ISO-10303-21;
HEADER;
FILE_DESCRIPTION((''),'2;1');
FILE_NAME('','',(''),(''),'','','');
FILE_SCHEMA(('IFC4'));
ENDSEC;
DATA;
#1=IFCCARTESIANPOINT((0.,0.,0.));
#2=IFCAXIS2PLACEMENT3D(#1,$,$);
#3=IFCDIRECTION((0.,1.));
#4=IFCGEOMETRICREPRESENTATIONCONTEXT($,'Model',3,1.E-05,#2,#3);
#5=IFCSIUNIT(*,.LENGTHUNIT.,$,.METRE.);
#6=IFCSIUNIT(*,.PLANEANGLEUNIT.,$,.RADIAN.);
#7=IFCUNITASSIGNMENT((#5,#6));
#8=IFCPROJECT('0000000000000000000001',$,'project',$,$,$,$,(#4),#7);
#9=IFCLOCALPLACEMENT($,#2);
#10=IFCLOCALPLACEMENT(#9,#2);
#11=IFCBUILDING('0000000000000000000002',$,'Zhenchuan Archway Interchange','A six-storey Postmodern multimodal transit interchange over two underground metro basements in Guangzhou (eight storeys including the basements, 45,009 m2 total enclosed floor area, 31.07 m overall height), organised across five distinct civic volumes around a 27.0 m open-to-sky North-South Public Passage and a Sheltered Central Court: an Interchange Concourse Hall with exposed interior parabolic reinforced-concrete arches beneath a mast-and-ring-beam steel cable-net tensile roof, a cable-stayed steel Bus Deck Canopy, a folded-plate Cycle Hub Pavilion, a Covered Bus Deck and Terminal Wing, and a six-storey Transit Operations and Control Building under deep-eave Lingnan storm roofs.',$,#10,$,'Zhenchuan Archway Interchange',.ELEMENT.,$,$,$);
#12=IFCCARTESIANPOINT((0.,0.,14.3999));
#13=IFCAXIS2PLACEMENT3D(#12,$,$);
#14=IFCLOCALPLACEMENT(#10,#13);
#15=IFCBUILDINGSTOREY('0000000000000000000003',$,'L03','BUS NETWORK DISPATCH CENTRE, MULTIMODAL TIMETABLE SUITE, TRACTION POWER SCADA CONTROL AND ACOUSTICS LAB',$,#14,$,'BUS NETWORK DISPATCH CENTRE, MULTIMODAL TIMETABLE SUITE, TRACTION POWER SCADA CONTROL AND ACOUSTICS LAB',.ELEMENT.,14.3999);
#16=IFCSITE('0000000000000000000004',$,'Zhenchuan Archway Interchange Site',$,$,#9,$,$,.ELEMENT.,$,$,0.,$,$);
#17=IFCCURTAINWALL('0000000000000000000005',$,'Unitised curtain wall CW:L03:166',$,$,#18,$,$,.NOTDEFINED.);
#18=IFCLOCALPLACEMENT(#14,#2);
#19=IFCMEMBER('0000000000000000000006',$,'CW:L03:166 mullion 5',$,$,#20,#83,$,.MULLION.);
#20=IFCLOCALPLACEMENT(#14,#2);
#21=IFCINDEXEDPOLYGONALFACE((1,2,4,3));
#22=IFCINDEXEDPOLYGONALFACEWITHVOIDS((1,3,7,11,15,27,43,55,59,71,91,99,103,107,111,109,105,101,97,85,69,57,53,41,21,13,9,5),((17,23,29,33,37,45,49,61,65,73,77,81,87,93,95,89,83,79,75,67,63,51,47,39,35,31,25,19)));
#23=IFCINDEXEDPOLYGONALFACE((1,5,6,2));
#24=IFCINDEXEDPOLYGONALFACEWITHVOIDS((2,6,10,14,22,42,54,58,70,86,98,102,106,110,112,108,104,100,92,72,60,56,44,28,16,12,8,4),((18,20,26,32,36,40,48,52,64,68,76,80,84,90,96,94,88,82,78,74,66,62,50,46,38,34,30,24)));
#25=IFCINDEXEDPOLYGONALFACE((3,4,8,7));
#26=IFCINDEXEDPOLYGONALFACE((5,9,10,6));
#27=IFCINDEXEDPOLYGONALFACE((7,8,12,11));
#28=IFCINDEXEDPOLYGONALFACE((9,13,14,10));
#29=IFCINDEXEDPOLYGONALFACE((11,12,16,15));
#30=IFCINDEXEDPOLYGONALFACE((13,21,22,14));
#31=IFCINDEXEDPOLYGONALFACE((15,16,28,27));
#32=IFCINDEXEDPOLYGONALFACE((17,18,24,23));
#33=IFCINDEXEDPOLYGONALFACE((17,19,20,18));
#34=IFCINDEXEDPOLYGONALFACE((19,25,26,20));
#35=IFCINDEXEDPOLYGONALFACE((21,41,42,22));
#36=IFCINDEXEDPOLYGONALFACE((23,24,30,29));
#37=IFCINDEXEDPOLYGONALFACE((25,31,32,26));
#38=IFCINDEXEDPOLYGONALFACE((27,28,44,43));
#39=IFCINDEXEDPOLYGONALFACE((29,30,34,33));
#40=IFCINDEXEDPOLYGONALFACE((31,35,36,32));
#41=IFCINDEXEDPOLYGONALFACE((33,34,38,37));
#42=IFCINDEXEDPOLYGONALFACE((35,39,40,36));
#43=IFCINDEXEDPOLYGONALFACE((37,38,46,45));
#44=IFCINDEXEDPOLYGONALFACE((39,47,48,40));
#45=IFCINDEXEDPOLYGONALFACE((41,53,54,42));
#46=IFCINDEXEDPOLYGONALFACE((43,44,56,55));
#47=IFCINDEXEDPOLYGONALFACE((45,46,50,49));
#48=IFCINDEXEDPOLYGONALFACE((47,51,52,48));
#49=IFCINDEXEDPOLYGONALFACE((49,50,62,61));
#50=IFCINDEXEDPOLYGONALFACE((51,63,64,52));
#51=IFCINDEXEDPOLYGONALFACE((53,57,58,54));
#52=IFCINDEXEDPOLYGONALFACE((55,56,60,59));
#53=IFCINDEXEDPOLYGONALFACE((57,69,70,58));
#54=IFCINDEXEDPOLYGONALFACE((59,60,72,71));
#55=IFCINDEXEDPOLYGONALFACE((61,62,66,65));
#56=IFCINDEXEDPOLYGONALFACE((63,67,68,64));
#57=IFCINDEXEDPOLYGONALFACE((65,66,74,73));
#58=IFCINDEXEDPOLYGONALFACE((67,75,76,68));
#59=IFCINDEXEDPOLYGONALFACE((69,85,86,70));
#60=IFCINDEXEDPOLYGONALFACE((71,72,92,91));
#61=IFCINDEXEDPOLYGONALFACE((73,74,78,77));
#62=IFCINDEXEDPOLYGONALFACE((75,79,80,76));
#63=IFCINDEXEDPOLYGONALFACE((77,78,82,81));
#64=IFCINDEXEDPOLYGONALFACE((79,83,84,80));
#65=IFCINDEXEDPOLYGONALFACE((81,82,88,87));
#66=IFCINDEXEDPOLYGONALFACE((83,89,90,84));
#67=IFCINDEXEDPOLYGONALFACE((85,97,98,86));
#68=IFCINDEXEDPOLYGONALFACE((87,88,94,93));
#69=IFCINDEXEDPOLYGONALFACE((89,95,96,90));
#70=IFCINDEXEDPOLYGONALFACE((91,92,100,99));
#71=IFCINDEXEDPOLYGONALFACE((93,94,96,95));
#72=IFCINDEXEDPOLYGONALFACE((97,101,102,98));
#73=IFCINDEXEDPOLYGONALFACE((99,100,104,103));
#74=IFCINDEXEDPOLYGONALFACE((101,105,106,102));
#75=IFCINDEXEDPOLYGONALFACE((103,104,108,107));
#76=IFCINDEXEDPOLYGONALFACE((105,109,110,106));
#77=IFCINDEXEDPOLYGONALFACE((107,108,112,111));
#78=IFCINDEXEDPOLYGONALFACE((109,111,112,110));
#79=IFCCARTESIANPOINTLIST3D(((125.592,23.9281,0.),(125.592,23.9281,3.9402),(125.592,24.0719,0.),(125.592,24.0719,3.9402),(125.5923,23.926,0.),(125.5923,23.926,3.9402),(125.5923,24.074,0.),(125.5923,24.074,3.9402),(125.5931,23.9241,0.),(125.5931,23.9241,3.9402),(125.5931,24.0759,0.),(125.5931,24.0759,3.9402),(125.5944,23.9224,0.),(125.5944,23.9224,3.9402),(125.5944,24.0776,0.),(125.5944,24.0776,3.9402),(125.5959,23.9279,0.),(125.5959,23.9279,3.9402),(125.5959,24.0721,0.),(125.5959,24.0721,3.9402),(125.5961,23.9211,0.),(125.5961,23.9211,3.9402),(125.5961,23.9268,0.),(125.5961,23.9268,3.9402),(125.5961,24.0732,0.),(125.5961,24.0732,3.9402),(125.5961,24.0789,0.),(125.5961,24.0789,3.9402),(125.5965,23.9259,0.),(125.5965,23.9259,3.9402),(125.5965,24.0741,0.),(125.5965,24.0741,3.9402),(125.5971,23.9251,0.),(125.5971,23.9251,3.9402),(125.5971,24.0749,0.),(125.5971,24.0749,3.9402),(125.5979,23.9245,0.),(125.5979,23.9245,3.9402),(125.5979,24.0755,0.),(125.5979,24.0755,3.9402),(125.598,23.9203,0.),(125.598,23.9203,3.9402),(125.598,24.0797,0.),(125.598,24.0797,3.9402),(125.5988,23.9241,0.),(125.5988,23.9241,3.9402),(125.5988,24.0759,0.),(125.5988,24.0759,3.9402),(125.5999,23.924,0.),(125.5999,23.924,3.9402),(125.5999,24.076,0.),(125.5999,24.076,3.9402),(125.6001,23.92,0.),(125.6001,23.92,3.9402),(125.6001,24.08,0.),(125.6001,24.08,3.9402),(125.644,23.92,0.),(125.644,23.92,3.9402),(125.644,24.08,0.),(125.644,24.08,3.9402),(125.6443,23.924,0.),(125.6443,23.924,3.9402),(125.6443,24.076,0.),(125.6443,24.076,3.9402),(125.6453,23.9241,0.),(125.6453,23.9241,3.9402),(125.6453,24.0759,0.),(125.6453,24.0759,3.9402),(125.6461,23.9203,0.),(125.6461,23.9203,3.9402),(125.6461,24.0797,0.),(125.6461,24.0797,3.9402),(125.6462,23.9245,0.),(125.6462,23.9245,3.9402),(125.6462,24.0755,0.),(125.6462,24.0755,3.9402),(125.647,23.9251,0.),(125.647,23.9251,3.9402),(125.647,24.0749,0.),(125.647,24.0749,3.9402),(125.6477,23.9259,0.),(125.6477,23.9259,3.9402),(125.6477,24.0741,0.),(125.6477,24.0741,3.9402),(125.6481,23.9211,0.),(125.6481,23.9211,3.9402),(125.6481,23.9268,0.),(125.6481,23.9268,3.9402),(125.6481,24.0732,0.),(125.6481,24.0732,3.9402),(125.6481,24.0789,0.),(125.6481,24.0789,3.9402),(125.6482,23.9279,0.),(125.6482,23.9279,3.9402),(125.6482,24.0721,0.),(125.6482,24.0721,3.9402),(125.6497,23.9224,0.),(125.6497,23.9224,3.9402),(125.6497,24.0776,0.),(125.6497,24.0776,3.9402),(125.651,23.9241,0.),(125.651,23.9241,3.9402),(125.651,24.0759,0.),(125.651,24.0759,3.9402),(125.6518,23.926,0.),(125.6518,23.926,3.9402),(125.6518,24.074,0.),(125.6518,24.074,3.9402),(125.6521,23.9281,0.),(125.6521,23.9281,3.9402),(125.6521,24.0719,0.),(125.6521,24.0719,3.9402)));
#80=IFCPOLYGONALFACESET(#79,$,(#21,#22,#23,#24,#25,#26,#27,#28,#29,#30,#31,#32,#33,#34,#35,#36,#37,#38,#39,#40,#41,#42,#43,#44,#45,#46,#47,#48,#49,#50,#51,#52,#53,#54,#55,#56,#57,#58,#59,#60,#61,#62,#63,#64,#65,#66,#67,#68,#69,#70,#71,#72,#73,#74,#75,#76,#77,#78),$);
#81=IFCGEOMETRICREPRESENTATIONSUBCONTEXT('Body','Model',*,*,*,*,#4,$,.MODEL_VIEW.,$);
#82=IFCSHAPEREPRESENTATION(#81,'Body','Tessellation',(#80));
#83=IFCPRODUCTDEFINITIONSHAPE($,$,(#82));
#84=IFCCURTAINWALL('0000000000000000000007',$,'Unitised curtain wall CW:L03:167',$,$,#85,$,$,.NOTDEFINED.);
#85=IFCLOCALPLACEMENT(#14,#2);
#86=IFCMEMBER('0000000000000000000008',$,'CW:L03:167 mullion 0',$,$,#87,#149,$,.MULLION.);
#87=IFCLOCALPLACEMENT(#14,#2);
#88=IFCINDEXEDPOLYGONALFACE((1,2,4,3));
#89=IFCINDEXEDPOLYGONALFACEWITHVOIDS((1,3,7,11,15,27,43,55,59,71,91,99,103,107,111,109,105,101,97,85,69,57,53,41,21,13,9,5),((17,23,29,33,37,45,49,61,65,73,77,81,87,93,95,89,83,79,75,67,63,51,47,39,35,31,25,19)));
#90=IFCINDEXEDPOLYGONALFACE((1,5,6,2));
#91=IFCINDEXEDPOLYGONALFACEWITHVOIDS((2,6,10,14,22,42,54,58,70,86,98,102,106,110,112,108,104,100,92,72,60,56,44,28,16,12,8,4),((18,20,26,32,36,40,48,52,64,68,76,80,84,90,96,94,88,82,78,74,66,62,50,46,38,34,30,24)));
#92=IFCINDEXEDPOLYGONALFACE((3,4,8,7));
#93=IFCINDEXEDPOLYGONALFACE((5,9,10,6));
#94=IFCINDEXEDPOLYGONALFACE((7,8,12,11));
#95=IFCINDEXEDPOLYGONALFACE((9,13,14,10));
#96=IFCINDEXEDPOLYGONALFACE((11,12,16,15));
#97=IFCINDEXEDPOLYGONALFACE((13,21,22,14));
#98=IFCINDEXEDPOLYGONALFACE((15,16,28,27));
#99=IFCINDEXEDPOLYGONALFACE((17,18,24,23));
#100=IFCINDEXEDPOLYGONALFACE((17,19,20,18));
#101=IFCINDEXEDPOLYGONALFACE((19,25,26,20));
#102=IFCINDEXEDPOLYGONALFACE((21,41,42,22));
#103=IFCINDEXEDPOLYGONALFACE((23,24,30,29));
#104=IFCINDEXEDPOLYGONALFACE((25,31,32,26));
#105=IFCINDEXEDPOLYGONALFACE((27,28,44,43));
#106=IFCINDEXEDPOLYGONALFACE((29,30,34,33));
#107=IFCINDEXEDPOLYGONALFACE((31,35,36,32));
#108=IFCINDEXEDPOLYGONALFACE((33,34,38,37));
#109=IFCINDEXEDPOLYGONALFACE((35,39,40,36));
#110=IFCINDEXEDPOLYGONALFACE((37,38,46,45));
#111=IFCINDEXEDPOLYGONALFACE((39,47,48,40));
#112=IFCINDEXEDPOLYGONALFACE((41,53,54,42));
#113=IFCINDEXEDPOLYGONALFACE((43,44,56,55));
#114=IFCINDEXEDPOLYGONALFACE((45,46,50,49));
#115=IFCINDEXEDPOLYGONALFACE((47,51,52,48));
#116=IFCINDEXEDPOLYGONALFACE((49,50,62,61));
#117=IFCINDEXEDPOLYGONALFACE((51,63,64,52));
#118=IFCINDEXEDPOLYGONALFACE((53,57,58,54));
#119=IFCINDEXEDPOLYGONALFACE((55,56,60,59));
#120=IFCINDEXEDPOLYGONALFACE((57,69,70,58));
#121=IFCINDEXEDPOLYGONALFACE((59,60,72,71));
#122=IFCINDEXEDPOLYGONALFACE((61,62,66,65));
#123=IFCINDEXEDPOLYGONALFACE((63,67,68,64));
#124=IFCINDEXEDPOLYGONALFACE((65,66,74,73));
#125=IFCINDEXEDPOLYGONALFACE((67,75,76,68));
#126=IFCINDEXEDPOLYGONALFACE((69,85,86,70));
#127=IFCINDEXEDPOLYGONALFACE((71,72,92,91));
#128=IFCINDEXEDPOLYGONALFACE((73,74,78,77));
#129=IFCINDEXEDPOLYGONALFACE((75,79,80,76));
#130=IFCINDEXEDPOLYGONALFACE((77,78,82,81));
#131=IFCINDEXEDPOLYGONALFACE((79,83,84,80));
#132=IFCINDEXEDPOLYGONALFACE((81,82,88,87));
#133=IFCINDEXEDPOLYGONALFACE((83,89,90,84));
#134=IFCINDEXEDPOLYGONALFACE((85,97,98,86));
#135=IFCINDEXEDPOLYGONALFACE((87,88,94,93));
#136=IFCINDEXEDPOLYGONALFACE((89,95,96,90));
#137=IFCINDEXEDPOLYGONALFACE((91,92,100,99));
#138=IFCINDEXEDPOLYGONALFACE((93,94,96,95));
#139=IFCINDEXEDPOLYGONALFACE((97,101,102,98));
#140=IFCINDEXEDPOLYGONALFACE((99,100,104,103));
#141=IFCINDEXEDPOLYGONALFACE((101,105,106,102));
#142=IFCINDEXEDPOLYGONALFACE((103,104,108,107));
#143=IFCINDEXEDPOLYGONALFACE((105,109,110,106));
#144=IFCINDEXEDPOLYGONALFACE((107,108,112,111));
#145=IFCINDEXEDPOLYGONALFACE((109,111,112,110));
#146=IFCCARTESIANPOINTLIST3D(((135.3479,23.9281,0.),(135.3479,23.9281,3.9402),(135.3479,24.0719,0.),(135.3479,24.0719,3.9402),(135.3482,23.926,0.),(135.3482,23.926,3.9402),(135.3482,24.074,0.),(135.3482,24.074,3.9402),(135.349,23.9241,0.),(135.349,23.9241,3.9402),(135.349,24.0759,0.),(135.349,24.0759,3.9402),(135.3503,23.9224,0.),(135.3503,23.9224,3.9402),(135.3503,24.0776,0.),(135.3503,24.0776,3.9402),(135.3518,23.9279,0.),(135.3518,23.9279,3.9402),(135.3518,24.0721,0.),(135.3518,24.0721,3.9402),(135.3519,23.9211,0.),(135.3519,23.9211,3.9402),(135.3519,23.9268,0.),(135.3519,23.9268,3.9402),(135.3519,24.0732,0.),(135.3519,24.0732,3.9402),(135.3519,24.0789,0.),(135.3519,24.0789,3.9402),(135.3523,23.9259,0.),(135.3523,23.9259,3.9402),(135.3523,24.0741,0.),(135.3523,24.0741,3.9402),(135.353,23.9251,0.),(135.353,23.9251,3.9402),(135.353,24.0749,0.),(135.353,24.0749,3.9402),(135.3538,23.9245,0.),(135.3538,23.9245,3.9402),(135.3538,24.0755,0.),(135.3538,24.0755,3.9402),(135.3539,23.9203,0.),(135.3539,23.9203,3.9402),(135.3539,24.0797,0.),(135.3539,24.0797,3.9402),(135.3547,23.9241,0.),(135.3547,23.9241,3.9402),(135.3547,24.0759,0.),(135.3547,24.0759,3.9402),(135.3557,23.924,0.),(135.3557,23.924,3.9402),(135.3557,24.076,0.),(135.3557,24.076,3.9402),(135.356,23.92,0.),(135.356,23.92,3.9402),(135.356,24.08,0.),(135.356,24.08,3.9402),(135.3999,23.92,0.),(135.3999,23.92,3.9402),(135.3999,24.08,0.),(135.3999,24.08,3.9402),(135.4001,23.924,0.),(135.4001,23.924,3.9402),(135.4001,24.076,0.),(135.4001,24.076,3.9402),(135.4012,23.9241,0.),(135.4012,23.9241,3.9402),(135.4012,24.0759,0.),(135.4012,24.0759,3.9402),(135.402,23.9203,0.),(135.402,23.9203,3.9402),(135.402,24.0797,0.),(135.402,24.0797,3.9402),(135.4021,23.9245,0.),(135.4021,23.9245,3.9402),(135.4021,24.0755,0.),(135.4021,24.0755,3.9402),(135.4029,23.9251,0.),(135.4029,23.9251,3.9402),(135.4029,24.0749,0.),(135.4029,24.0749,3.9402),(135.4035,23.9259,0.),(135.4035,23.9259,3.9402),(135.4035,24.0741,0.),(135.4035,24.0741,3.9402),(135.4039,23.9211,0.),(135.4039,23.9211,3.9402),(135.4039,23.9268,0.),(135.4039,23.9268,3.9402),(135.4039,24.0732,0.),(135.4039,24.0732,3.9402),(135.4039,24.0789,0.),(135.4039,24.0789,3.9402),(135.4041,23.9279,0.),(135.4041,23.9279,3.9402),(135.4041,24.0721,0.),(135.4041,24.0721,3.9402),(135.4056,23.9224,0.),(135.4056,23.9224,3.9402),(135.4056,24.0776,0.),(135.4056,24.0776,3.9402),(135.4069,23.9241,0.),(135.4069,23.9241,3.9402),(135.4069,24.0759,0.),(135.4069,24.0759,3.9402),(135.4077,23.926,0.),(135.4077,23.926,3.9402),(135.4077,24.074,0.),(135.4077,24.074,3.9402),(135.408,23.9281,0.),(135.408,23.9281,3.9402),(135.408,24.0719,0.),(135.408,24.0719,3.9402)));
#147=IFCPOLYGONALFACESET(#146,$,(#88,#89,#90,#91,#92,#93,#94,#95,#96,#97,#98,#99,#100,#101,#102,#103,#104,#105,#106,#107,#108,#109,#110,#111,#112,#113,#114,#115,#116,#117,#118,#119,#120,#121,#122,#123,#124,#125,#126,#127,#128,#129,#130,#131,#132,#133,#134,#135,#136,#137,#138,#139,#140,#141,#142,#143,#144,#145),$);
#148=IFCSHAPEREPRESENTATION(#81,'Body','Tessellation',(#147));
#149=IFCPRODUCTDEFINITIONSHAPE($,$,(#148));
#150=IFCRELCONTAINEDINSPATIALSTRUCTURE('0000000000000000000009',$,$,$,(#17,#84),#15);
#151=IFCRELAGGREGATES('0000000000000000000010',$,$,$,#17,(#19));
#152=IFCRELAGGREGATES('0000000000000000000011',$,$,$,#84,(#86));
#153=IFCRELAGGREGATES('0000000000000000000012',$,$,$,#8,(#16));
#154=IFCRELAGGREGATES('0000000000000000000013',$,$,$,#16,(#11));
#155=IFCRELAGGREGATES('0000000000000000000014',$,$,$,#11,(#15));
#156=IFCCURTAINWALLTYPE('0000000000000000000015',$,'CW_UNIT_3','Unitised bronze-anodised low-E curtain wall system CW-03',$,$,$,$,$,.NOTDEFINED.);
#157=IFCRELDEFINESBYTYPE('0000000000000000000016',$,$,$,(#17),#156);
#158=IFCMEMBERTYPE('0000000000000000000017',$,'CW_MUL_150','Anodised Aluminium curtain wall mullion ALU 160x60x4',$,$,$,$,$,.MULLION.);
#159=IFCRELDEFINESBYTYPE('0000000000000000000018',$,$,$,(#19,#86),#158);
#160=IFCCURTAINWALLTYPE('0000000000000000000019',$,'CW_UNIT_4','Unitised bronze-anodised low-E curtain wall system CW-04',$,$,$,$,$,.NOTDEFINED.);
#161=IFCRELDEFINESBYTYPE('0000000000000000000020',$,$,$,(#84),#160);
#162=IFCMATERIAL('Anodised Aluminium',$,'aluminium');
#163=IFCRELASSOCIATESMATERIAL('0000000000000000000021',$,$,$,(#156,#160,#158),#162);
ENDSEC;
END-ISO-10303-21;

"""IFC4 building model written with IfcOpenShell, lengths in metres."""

from ifc_helpers import new_model, si_unit, direction, frame, origin, origin_2d, place, context, subcontext, project, spatial, hollow_rectangle, extrude, material, material_profile, profile_set, type_object, element, aggregate, save


model = new_model("IFC4")

# Units and contexts
model_context = context("Model", 3, precision=1e-05, world=origin(), true_north=direction((0.0, 1.0)))
body_context = subcontext(model_context, "Body", "Model", "MODEL_VIEW")
ifc_project = project(units=[si_unit("LENGTHUNIT", "METRE"), si_unit("PLANEANGLEUNIT", "RADIAN")], contexts=[model_context])

# Site, building, storey
site_placement = place(None, origin())
site = spatial("IfcSite", under=ifc_project, at=site_placement, Name="Zhenchuan Archway Interchange Site", CompositionType="ELEMENT", RefElevation=0.0)
building_placement = place(site_placement, origin())
building = spatial("IfcBuilding", under=site, at=building_placement, Name="Zhenchuan Archway Interchange", Description="A six-storey Postmodern multimodal transit interchange over two underground metro basements in Guangzhou (eight storeys including the basements, 45,009 m2 total enclosed floor area, 31.07 m overall height), organised across five distinct civic volumes around a 27.0 m open-to-sky North-South Public Passage and a Sheltered Central Court: an Interchange Concourse Hall with exposed interior parabolic reinforced-concrete arches beneath a mast-and-ring-beam steel cable-net tensile roof, a cable-stayed steel Bus Deck Canopy, a folded-plate Cycle Hub Pavilion, a Covered Bus Deck and Terminal Wing, and a six-storey Transit Operations and Control Building under deep-eave Lingnan storm roofs.", LongName="Zhenchuan Archway Interchange", CompositionType="ELEMENT")
storey_placement = place(building_placement, frame((0.0, 0.0, 14.3999)))
storey = spatial("IfcBuildingStorey", under=building, at=storey_placement, Name="L03", Description="BUS NETWORK DISPATCH CENTRE, MULTIMODAL TIMETABLE SUITE, TRACTION POWER SCADA CONTROL AND ACOUSTICS LAB", LongName="BUS NETWORK DISPATCH CENTRE, MULTIMODAL TIMETABLE SUITE, TRACTION POWER SCADA CONTROL AND ACOUSTICS LAB", CompositionType="ELEMENT", Elevation=14.3999)

# Curtain walls, members
ifc_material_1 = material(Name="Anodised Aluminium", Category="aluminium")
curtain_wall_type_1 = type_object("IfcCurtainWallType", Name="CW_UNIT_3", Description="Unitised bronze-anodised low-E curtain wall system CW-03", PredefinedType="NOTDEFINED", material=ifc_material_1)
curtain_wall_1_placement = place(storey_placement, origin())
curtain_wall_1 = element("IfcCurtainWall", 1, at=curtain_wall_1_placement, inside=storey, type_object=curtain_wall_type_1, Name="Unitised curtain wall CW:L03:166", PredefinedType="NOTDEFINED")
ifc_material_profile_1 = material_profile(ifc_material_1, hollow_rectangle(XDim=0.0601, YDim=0.1599, WallThickness=0.0039, InnerFilletRadius=0.0039, OuterFilletRadius=0.0081, at=origin_2d()), Name="ALU 160x60x4")
ifc_profile_set_1 = profile_set([ifc_material_profile_1], Name="Anodised Aluminium")
member_type_1 = type_object("IfcMemberType", Name="CW_MUL_150", Description="Anodised Aluminium curtain wall mullion ALU 160x60x4", PredefinedType="MULLION", material=ifc_profile_set_1)
member_1_placement = place(storey_placement, frame((125.6221, 24.0, 0.0), z_axis=(0.0, 0.0, 1.0), x_axis=(1.0, 0.0, 0.0)))
member_1 = element("IfcMember", 2, at=member_1_placement, type_object=member_type_1, Name="CW:L03:166 mullion 5", PredefinedType="MULLION", context=body_context, shape_type="SweptSolid", body=[
    extrude(hollow_rectangle(XDim=0.0601, YDim=0.1599, WallThickness=0.0039, InnerFilletRadius=0.0039, OuterFilletRadius=0.0081, at=origin_2d()), origin(), (0.0, 0.0, 1.0), 3.9402),
])
curtain_wall_type_2 = type_object("IfcCurtainWallType", Name="CW_UNIT_4", Description="Unitised bronze-anodised low-E curtain wall system CW-04", PredefinedType="NOTDEFINED", material=ifc_material_1)
curtain_wall_2_placement = place(storey_placement, origin())
curtain_wall_2 = element("IfcCurtainWall", 3, at=curtain_wall_2_placement, inside=storey, type_object=curtain_wall_type_2, Name="Unitised curtain wall CW:L03:167", PredefinedType="NOTDEFINED")
member_2_placement = place(storey_placement, frame((135.3779, 24.0, 0.0), z_axis=(0.0, 0.0, 1.0), x_axis=(1.0, 0.0, 0.0)))
member_2 = element("IfcMember", 4, at=member_2_placement, type_object=member_type_1, Name="CW:L03:167 mullion 0", PredefinedType="MULLION", context=body_context, shape_type="SweptSolid", body=[
    extrude(hollow_rectangle(XDim=0.0601, YDim=0.1599, WallThickness=0.0039, InnerFilletRadius=0.0039, OuterFilletRadius=0.0081, at=origin_2d()), origin(), (0.0, 0.0, 1.0), 3.9402),
])

aggregate(curtain_wall_1, [member_1])
aggregate(curtain_wall_2, [member_2])

save(model, "model.ifc")
